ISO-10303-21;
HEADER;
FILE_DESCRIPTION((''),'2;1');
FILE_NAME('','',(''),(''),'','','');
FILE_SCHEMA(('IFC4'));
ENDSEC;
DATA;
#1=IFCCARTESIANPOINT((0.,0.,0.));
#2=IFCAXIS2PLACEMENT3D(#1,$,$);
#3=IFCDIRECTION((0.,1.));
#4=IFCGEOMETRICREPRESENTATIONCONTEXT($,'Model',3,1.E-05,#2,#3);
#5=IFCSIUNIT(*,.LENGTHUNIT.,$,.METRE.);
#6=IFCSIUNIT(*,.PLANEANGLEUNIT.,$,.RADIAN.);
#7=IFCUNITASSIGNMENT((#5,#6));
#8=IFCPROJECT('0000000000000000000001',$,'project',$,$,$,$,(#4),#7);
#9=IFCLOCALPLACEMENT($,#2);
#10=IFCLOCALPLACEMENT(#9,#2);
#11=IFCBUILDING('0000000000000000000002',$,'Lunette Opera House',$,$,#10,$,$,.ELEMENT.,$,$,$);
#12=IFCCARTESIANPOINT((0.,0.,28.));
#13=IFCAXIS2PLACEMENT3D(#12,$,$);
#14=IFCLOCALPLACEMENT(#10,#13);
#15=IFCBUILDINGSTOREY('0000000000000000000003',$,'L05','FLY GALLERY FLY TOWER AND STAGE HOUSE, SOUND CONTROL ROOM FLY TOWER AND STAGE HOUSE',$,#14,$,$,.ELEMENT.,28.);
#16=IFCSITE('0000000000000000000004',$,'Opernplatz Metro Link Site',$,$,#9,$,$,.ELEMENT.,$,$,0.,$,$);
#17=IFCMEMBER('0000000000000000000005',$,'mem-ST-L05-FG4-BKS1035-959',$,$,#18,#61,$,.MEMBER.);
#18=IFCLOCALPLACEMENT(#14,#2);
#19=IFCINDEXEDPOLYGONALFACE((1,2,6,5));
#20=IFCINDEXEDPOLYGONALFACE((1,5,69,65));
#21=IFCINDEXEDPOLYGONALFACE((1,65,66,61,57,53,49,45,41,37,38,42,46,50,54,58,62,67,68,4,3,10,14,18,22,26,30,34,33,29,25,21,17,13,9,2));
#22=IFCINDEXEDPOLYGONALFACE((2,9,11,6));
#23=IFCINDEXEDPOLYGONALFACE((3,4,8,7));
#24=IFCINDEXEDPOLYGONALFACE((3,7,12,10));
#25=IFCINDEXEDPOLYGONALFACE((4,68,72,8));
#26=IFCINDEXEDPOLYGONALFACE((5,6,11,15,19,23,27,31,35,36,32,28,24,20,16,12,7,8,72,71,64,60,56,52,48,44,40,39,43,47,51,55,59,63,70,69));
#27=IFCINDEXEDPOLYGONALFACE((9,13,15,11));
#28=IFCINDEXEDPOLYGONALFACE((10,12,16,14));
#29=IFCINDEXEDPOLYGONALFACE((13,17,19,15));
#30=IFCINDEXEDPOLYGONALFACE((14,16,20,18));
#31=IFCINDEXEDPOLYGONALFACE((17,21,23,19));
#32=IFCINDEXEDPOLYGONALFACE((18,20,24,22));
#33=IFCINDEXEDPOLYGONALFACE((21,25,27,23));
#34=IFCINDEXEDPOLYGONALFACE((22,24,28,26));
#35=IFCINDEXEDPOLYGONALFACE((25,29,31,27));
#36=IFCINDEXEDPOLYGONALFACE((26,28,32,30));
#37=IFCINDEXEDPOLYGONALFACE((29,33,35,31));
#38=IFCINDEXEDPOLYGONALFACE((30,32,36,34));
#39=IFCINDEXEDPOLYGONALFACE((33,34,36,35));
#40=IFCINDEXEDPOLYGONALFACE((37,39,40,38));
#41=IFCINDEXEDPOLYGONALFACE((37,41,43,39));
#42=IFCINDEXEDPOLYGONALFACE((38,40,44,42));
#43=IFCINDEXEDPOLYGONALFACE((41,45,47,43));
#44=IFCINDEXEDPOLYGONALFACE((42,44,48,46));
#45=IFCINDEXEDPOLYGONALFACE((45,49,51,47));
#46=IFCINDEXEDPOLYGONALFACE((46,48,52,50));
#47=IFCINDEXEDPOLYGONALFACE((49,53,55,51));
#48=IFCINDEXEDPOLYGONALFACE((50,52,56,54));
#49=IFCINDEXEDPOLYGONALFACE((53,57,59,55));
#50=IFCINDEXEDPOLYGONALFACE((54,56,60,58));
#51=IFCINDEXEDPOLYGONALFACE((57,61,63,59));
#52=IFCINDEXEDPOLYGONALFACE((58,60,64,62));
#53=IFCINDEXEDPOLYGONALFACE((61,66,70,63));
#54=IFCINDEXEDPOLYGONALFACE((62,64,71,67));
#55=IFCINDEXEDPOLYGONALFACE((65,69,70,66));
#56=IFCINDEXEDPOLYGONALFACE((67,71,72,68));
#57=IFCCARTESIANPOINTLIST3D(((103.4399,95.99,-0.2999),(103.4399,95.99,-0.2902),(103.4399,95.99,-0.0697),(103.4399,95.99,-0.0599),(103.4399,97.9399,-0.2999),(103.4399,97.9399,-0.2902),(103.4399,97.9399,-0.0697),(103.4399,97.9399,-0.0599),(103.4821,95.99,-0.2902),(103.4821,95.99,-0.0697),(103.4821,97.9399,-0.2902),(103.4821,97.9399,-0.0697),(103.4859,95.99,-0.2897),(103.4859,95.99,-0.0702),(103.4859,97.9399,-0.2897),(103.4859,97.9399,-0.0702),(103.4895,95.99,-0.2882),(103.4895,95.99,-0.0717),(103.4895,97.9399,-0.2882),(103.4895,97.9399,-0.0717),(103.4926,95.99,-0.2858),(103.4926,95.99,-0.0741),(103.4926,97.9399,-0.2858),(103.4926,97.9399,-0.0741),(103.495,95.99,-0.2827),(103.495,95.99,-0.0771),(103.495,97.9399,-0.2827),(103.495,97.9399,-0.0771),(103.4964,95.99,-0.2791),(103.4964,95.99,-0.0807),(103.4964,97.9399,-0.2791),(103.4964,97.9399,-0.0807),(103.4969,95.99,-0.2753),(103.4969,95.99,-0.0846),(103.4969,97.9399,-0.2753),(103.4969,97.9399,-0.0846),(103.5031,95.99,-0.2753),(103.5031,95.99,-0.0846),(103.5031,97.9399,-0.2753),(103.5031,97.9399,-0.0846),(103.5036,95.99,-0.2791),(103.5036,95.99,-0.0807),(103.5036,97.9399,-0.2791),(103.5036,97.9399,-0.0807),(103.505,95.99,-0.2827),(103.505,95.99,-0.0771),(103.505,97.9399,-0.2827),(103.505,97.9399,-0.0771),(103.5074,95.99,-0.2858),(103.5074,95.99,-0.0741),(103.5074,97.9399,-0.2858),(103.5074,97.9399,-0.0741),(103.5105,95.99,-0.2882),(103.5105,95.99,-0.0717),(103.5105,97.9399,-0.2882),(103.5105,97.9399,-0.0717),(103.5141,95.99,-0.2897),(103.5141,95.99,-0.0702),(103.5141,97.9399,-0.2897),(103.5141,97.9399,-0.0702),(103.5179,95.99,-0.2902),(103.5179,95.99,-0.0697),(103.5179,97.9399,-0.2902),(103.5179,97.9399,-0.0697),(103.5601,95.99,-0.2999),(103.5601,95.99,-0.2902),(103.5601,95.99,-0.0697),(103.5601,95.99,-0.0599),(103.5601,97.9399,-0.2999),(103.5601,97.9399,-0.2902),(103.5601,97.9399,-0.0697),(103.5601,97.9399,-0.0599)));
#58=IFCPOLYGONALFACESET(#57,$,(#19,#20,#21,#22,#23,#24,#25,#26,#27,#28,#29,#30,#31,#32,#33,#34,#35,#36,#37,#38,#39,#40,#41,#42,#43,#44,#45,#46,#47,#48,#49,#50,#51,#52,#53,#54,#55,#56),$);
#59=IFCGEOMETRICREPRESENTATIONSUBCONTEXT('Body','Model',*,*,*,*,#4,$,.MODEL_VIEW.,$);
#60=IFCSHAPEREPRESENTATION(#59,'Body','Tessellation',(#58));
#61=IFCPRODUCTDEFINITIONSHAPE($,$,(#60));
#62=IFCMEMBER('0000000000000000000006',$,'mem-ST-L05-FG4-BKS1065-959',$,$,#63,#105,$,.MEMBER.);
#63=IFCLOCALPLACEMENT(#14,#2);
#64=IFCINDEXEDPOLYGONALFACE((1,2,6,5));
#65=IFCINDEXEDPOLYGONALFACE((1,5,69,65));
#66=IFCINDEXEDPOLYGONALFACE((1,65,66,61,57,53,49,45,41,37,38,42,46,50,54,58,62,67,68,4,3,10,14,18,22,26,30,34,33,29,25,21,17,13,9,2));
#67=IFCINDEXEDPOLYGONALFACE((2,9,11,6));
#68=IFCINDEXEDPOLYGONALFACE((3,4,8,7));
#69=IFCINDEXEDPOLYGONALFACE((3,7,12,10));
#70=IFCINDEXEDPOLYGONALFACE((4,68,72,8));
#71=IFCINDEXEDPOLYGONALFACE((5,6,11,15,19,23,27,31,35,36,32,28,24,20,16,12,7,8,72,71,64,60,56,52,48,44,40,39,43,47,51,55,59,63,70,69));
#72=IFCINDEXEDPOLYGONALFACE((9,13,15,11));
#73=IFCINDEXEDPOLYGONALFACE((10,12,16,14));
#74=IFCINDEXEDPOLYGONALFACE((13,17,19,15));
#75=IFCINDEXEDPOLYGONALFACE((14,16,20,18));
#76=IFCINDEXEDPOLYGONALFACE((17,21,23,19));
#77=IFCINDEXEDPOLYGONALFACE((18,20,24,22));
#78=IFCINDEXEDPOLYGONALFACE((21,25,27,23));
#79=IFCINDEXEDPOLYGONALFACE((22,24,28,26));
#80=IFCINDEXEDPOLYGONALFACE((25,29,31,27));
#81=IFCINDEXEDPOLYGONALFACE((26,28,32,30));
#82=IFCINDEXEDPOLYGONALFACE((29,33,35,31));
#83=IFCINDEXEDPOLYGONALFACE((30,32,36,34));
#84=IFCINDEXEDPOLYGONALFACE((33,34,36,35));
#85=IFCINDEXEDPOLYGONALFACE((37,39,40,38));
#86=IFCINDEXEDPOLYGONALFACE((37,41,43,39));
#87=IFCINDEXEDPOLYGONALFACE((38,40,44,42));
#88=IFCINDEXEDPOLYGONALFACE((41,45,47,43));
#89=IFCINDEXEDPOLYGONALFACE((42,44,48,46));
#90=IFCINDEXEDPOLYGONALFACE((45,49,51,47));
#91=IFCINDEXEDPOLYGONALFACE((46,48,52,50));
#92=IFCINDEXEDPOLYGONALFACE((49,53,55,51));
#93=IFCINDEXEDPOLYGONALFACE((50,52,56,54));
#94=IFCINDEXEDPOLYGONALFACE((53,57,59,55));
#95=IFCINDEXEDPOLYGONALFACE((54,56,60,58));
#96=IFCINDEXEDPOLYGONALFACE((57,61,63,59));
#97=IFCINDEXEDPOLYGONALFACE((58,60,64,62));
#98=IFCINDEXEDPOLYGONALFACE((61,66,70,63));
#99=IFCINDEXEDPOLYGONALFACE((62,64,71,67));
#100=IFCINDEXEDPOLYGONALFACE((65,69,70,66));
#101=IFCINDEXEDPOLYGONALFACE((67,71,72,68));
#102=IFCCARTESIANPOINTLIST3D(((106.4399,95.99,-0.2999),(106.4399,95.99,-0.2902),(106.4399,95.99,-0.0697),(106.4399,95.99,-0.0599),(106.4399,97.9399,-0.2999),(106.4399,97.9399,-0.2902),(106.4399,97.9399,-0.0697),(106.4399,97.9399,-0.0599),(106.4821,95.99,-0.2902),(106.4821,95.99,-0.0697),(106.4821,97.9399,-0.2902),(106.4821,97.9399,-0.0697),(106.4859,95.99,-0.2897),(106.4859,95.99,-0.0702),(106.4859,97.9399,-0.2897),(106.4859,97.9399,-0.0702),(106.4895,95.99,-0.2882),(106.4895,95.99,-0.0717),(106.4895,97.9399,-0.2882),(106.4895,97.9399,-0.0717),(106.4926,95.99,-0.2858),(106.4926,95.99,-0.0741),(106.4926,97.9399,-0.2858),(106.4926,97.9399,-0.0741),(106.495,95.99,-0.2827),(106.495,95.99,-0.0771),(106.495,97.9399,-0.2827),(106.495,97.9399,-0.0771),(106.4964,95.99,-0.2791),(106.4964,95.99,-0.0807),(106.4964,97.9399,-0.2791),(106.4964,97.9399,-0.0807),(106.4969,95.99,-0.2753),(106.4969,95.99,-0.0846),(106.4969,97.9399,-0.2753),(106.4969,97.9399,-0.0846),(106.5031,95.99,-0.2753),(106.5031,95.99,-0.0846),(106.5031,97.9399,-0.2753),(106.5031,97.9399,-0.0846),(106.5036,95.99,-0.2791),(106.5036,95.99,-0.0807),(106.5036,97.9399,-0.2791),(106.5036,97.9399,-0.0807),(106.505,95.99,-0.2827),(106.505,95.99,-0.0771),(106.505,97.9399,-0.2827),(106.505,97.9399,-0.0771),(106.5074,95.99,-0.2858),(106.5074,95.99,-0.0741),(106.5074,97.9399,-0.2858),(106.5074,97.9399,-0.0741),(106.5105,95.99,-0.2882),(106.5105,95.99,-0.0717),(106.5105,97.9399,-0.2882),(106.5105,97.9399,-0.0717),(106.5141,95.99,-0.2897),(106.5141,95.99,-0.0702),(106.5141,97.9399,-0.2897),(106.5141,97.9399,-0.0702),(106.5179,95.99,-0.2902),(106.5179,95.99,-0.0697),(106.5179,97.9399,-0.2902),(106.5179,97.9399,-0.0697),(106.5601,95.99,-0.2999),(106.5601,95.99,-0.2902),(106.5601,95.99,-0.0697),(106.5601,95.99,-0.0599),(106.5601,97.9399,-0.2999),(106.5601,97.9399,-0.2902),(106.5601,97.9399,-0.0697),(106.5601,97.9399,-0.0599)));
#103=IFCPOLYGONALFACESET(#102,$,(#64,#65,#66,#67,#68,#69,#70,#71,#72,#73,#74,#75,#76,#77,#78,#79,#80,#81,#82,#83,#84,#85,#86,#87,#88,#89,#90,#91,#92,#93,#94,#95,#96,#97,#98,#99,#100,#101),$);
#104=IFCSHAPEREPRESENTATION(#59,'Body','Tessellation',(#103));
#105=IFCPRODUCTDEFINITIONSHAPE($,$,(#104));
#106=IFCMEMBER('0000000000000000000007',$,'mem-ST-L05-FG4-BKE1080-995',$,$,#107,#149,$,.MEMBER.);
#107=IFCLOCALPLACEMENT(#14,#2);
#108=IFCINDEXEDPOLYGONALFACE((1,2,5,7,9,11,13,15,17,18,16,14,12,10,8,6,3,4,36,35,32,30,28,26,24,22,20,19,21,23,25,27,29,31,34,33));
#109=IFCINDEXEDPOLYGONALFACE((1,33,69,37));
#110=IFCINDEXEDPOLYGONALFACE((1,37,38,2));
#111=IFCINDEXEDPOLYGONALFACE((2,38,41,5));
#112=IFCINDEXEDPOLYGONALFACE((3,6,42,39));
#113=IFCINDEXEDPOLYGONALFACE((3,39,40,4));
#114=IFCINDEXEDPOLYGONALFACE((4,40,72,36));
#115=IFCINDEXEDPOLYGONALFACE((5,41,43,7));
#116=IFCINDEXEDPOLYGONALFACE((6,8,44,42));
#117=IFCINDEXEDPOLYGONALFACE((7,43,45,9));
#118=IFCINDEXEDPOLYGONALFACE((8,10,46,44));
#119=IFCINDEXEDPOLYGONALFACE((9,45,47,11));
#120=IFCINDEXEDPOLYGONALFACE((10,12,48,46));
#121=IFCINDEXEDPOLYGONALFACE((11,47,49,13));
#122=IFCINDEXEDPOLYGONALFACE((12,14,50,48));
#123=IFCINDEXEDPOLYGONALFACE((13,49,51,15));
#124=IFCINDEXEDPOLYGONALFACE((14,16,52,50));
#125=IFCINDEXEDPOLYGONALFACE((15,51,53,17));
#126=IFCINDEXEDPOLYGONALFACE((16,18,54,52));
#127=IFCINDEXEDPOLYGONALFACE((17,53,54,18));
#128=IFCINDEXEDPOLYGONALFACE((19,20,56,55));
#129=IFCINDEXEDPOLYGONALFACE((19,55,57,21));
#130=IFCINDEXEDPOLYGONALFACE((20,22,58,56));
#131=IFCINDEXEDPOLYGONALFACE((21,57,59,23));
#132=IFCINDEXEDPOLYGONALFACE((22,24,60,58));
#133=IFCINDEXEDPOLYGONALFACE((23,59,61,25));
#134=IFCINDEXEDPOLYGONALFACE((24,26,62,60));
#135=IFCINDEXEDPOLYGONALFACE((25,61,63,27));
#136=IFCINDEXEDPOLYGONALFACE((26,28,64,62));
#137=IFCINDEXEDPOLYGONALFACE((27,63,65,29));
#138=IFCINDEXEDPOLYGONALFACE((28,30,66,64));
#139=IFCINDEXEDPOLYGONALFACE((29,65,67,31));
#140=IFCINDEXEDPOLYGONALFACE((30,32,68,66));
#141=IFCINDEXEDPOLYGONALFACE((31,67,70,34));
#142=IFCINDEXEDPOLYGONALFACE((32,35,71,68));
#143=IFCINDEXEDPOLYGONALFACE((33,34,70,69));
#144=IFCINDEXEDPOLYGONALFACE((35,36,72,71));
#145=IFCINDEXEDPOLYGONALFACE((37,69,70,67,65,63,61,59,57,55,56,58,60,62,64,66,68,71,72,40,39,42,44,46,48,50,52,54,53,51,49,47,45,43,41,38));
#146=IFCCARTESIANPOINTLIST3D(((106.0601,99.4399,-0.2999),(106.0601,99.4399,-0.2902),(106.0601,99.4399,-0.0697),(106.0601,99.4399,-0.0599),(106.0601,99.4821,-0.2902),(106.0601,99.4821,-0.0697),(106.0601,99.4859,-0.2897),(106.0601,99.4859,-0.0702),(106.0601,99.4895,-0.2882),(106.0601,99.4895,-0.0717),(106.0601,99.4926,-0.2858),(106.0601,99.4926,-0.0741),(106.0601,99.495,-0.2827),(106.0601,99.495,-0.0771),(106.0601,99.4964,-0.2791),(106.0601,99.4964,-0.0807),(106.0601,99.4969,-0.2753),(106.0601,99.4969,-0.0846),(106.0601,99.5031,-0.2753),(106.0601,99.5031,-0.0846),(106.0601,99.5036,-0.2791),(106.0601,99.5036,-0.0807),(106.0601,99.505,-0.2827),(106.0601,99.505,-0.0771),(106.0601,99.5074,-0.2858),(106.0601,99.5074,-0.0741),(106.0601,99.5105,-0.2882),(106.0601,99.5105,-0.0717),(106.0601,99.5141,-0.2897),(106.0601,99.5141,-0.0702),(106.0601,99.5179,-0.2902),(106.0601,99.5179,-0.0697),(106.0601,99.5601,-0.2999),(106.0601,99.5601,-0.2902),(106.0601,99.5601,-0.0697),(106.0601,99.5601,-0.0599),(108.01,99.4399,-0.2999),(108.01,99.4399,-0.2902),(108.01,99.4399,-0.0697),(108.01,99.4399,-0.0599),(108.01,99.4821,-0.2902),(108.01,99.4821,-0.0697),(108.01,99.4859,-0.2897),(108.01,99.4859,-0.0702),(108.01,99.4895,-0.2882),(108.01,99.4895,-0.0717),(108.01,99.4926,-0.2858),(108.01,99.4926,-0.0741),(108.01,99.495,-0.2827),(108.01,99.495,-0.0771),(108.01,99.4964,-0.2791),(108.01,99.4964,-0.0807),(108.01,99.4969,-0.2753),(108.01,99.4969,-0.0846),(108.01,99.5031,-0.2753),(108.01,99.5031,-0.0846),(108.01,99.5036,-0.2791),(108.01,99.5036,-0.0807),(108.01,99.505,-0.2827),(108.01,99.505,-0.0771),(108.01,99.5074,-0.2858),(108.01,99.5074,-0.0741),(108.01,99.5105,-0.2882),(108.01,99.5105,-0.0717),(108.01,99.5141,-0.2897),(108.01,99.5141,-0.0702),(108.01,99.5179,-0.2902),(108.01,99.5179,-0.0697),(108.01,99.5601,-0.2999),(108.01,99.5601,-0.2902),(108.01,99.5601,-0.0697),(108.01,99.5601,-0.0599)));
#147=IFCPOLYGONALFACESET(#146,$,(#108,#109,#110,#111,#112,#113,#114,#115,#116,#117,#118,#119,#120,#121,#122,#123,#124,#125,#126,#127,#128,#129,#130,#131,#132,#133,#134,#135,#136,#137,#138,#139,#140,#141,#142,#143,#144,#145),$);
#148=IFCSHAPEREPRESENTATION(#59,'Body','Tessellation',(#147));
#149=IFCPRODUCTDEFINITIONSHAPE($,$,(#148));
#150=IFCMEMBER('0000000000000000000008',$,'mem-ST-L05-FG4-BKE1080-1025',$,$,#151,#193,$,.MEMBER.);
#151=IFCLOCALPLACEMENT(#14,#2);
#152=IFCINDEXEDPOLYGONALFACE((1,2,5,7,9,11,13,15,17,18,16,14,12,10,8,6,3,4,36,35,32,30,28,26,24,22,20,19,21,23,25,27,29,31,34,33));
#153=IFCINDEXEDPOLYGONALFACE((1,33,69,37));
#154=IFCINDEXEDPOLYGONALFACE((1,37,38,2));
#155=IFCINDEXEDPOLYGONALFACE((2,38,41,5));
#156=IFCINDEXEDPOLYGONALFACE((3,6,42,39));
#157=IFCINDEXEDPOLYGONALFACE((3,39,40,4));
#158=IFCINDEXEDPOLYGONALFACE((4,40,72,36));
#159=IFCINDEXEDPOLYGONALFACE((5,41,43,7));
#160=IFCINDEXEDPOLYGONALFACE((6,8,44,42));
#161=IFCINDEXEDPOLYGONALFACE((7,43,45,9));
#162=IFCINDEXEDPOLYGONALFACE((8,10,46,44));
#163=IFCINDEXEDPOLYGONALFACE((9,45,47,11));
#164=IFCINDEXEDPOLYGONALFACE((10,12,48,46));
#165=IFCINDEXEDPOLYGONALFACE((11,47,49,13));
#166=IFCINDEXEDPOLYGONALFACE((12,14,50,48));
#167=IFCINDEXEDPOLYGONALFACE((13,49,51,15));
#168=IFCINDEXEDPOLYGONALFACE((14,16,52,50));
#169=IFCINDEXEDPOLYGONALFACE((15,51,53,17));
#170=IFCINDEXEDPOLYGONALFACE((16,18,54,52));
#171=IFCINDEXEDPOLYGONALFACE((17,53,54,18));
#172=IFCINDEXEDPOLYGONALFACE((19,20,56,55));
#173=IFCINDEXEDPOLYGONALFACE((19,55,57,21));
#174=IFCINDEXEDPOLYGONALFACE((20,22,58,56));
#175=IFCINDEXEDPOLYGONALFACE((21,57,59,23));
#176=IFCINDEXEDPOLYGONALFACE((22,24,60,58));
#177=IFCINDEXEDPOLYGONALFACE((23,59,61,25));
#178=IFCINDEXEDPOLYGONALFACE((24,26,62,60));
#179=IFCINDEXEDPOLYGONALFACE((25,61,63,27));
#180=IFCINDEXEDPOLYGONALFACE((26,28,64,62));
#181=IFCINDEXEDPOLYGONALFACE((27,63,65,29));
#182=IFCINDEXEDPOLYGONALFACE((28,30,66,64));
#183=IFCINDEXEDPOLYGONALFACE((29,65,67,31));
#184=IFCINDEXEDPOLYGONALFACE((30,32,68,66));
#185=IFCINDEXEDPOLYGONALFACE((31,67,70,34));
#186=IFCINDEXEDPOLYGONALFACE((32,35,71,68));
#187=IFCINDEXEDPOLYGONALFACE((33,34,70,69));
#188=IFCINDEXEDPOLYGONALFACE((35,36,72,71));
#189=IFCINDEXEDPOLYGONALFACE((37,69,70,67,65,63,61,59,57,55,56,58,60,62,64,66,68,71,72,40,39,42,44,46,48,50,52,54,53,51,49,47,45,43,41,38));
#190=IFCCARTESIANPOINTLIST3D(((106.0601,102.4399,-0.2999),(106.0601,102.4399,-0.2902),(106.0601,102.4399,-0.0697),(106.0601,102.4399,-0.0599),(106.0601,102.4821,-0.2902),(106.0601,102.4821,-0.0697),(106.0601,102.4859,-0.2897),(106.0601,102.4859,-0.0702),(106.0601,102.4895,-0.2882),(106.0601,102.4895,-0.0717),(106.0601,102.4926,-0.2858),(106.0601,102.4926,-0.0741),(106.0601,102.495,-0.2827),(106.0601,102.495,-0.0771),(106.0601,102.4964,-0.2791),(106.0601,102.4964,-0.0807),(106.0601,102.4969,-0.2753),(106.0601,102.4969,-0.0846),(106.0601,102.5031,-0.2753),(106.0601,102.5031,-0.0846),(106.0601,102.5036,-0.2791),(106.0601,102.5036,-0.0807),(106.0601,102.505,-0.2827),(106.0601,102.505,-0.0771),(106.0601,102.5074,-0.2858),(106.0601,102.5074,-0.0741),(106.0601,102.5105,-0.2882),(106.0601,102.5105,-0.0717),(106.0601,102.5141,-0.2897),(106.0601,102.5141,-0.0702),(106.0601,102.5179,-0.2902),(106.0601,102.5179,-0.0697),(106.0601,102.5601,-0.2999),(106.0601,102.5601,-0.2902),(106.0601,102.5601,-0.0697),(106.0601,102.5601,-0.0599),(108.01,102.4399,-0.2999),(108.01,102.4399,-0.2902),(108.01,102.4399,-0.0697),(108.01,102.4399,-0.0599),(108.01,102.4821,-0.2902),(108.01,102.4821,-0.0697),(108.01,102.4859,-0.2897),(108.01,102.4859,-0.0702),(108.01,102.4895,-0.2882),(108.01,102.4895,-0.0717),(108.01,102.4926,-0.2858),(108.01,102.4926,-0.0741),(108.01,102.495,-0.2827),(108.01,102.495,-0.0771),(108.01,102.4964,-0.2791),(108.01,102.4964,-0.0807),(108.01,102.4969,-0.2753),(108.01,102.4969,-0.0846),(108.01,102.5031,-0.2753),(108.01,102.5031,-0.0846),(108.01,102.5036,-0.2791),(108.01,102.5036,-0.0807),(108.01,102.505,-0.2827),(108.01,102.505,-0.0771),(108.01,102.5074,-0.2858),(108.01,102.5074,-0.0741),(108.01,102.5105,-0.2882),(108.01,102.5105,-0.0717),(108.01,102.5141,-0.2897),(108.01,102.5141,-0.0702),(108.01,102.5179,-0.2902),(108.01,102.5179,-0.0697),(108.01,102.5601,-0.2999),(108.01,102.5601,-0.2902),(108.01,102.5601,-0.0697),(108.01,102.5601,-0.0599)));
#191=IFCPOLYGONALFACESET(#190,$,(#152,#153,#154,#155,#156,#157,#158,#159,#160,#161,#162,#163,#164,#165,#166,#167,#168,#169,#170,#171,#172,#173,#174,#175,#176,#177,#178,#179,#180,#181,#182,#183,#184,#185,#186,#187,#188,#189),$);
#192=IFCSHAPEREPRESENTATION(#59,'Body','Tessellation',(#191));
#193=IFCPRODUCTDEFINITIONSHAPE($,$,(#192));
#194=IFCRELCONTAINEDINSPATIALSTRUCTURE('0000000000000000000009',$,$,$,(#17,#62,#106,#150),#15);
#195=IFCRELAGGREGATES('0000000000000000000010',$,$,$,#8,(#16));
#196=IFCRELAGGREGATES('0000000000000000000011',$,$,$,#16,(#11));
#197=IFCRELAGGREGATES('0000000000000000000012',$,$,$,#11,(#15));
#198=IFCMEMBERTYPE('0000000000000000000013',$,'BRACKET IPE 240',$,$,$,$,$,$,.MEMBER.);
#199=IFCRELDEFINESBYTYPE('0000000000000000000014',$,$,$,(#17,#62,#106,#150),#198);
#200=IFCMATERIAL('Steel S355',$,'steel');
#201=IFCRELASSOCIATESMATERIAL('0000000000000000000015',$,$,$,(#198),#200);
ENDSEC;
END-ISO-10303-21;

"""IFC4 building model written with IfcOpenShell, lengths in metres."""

from ifc_helpers import new_model, si_unit, direction, frame, origin, origin_2d, place, context, subcontext, project, spatial, i_section, extrude, material, material_profile, profile_set, type_object, element, save


model = new_model("IFC4")

# Units and contexts
model_context = context("Model", 3, precision=1e-05, world=origin(), true_north=direction((0.0, 1.0)))
body_context = subcontext(model_context, "Body", "Model", "MODEL_VIEW")
ifc_project = project(units=[si_unit("LENGTHUNIT", "METRE"), si_unit("PLANEANGLEUNIT", "RADIAN")], contexts=[model_context])

# Site, building, storey
site_placement = place(None, origin())
site = spatial("IfcSite", under=ifc_project, at=site_placement, Name="Opernplatz Metro Link Site", CompositionType="ELEMENT", RefElevation=0.0)
building_placement = place(site_placement, origin())
building = spatial("IfcBuilding", under=site, at=building_placement, Name="Lunette Opera House", CompositionType="ELEMENT")
storey_placement = place(building_placement, frame((0.0, 0.0, 28.0)))
storey = spatial("IfcBuildingStorey", under=building, at=storey_placement, Name="L05", Description="FLY GALLERY FLY TOWER AND STAGE HOUSE, SOUND CONTROL ROOM FLY TOWER AND STAGE HOUSE", CompositionType="ELEMENT", Elevation=28.0)

# Members
ifc_material_1 = material(Name="Steel S355", Category="steel")
ifc_material_profile_1 = material_profile(ifc_material_1, i_section(OverallWidth=0.1201, OverallDepth=0.24, WebThickness=0.0061, FlangeThickness=0.0098, FilletRadius=0.0149, at=origin_2d()), Name="IPE 240")
ifc_profile_set_1 = profile_set([ifc_material_profile_1], Name="Steel S355")
member_type_1 = type_object("IfcMemberType", Name="BRACKET IPE 240", PredefinedType="MEMBER", material=ifc_profile_set_1)
for number, where, z_axis, x_axis, name in (
    (1, (103.5, 95.99, -0.1799), (0.0, 1.0, 0.0), (-1.0, 0.0, 0.0), "mem-ST-L05-FG4-BKS1035-959"),
    (2, (106.5, 95.99, -0.1799), (0.0, 1.0, 0.0), (-1.0, 0.0, 0.0), "mem-ST-L05-FG4-BKS1065-959"),
    (3, (108.01, 99.5, -0.1799), (-1.0, 0.0, 0.0), (0.0, -1.0, 0.0), "mem-ST-L05-FG4-BKE1080-995"),
    (4, (108.01, 102.5, -0.1799), (-1.0, 0.0, 0.0), (0.0, -1.0, 0.0), "mem-ST-L05-FG4-BKE1080-1025"),
):
    element("IfcMember", number, at=place(storey_placement, frame(where, z_axis=z_axis, x_axis=x_axis)), inside=storey, type_object=member_type_1, Name=name, PredefinedType="MEMBER", context=body_context, shape_type="SweptSolid", body=[
        extrude(i_section(OverallWidth=0.1201, OverallDepth=0.24, WebThickness=0.0061, FlangeThickness=0.0098, FilletRadius=0.0149, at=origin_2d()), origin(), (0.0, 0.0, 1.0), 1.95),
    ])

save(model, "model.ifc")
